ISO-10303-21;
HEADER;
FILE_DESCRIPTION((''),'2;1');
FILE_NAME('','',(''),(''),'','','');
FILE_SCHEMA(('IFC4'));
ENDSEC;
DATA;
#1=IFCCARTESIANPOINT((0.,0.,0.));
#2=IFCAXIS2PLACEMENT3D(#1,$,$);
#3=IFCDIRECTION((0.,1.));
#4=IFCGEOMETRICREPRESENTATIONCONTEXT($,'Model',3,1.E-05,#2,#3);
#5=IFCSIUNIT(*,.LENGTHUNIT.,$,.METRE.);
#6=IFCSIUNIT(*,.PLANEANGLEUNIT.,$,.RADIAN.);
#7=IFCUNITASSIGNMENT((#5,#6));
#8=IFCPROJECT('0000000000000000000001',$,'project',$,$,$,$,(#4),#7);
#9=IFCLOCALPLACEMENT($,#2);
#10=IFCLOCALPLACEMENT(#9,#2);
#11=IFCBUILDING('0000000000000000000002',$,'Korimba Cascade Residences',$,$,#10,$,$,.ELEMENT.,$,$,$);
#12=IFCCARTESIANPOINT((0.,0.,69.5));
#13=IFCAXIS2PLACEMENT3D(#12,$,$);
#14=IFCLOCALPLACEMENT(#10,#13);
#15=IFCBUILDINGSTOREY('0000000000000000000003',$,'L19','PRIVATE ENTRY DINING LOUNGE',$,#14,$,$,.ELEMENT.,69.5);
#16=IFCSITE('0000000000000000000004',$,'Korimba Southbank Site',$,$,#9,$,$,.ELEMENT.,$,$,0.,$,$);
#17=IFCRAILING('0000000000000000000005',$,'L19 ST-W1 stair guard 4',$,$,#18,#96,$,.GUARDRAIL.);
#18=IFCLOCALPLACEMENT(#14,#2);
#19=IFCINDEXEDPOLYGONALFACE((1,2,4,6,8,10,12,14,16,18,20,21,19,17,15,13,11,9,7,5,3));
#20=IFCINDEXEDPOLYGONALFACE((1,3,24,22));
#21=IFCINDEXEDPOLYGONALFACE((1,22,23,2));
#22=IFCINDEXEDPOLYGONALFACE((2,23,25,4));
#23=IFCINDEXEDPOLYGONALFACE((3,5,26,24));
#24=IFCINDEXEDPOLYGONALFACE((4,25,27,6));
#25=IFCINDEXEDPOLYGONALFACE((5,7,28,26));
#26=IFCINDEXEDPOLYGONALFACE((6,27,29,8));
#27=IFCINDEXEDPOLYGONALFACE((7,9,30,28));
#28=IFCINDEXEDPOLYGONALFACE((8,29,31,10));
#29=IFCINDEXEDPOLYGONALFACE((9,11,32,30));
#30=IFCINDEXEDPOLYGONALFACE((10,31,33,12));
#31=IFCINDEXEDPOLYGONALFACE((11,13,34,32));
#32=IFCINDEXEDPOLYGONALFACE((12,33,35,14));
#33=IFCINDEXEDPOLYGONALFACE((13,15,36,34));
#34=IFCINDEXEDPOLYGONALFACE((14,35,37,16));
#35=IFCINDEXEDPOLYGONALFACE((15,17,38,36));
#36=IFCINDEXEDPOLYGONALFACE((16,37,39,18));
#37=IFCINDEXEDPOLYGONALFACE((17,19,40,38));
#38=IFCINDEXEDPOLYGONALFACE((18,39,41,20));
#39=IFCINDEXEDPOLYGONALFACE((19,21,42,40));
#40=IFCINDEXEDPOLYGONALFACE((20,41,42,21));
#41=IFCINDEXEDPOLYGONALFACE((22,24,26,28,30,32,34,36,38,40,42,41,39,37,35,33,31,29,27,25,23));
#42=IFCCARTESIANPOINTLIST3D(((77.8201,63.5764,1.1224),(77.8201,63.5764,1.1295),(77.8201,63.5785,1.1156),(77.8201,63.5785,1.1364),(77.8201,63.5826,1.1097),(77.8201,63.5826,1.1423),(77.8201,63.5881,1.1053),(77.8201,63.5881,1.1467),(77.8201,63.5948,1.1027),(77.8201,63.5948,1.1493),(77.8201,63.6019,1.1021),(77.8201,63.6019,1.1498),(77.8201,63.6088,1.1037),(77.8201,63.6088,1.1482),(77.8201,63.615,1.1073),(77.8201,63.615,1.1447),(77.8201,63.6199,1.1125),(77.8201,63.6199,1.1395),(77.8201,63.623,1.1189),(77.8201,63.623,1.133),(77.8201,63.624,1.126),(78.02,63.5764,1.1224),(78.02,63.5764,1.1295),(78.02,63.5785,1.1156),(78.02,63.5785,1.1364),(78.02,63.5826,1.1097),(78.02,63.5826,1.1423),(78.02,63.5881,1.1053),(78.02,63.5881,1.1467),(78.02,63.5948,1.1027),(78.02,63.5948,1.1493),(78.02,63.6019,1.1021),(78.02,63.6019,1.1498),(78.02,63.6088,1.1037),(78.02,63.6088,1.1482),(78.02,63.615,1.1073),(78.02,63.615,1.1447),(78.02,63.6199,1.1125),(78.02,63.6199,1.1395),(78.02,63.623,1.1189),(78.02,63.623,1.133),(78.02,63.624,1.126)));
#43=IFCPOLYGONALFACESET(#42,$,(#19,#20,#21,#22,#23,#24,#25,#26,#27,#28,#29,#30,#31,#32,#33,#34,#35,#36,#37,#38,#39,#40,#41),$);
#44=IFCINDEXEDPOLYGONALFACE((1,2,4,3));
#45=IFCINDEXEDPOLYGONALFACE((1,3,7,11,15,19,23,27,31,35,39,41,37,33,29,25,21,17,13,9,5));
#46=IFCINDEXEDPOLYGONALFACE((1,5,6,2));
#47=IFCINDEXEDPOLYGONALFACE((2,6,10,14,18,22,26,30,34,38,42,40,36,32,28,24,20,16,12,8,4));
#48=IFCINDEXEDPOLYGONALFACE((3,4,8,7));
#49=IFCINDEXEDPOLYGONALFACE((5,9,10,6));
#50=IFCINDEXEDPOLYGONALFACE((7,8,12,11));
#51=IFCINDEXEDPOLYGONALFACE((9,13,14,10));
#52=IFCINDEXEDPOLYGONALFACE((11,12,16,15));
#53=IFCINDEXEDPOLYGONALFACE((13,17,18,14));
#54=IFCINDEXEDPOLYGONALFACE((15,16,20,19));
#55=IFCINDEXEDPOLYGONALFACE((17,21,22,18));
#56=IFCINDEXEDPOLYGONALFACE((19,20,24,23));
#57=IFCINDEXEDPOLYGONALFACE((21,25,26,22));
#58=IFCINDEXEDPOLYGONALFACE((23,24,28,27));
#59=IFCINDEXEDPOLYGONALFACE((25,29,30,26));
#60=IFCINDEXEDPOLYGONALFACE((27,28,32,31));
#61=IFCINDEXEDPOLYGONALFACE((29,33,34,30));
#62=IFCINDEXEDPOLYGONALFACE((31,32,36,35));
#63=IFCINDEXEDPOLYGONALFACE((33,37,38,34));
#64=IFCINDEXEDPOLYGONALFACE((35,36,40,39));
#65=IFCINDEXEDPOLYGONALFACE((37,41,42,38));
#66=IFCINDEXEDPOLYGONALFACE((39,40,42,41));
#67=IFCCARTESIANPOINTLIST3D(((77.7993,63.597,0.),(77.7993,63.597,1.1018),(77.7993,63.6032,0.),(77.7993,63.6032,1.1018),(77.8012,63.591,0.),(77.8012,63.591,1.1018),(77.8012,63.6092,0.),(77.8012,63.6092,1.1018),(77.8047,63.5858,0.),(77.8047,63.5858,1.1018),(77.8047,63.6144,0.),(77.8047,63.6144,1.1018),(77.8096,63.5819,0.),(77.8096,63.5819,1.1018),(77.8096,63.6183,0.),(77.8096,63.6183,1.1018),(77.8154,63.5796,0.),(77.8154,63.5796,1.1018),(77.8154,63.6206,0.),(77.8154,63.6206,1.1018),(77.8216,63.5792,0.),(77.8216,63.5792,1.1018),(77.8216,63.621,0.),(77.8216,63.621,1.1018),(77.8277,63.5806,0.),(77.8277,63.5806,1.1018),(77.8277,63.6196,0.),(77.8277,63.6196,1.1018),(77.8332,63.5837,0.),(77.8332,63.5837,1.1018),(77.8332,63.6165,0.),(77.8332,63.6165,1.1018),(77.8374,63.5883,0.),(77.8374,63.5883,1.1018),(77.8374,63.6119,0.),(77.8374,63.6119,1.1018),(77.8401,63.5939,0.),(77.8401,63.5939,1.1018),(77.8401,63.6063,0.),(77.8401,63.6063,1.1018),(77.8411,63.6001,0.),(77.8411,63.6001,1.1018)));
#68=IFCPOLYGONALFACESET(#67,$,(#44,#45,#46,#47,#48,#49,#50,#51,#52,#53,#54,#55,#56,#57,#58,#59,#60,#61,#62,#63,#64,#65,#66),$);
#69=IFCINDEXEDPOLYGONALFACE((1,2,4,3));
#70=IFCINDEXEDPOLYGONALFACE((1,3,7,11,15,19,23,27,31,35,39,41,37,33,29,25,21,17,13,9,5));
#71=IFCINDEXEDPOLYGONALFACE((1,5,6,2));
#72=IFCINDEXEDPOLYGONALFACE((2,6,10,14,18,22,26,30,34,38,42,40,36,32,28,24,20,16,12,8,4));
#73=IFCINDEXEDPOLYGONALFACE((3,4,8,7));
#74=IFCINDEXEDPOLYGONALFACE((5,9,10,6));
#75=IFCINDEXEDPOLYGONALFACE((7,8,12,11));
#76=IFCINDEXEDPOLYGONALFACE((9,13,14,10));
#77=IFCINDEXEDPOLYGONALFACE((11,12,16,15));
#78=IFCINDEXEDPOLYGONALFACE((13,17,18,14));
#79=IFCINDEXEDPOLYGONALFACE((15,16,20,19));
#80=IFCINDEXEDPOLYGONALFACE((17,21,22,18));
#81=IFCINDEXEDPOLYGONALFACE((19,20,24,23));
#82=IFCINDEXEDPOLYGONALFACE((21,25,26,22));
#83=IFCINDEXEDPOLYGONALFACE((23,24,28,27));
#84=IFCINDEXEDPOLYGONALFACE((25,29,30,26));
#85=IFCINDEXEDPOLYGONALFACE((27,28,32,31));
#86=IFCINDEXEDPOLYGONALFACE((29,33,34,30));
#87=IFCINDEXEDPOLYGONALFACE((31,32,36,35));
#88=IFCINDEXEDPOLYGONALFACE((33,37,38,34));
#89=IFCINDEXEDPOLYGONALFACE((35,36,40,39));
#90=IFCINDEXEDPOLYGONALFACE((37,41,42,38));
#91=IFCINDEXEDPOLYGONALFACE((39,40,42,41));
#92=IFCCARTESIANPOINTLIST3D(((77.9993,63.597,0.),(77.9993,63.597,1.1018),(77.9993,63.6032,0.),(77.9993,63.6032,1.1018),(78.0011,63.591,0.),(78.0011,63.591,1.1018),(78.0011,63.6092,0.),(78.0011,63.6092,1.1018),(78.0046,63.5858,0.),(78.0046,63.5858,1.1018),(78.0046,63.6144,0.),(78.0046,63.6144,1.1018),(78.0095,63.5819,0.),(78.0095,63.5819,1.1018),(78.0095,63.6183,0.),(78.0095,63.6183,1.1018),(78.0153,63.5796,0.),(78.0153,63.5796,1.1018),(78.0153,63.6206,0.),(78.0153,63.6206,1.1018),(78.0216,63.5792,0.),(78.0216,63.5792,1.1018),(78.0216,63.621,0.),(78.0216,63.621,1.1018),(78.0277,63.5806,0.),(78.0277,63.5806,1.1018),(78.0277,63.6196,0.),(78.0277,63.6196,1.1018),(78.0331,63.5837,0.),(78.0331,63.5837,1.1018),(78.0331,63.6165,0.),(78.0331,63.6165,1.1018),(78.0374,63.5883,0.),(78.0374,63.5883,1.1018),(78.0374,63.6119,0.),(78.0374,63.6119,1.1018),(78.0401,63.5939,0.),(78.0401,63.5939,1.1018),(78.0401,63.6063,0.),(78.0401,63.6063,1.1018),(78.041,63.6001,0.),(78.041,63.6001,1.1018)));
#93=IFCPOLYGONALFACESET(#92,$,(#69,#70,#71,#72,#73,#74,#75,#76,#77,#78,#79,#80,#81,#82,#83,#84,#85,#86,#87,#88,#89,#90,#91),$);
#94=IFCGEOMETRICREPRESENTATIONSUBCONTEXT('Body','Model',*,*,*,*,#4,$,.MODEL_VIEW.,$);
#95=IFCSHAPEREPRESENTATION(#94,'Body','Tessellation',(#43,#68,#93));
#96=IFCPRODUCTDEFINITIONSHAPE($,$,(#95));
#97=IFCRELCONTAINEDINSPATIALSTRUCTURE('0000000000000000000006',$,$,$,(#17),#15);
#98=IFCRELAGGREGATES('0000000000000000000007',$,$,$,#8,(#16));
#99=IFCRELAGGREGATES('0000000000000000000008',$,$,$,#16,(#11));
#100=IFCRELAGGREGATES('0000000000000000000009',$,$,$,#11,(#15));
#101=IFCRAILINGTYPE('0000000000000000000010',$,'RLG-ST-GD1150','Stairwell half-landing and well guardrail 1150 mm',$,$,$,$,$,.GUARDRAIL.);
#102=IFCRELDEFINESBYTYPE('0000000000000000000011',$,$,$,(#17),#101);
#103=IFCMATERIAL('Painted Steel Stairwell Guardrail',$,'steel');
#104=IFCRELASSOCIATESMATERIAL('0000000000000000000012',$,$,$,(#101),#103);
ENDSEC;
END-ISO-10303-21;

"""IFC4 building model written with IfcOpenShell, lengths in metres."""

from ifc_helpers import new_model, si_unit, direction, frame, origin, origin_2d, place, context, subcontext, project, spatial, circle, extrude, material, type_object, element, save


model = new_model("IFC4")

# Units and contexts
model_context = context("Model", 3, precision=1e-05, world=origin(), true_north=direction((0.0, 1.0)))
body_context = subcontext(model_context, "Body", "Model", "MODEL_VIEW")
ifc_project = project(units=[si_unit("LENGTHUNIT", "METRE"), si_unit("PLANEANGLEUNIT", "RADIAN")], contexts=[model_context])

# Site, building, storey
site_placement = place(None, origin())
site = spatial("IfcSite", under=ifc_project, at=site_placement, Name="Korimba Southbank Site", CompositionType="ELEMENT", RefElevation=0.0)
building_placement = place(site_placement, origin())
building = spatial("IfcBuilding", under=site, at=building_placement, Name="Korimba Cascade Residences", CompositionType="ELEMENT")
storey_placement = place(building_placement, frame((0.0, 0.0, 69.5)))
storey = spatial("IfcBuildingStorey", under=building, at=storey_placement, Name="L19", Description="PRIVATE ENTRY DINING LOUNGE", CompositionType="ELEMENT", Elevation=69.5)

# Railing
ifc_material_1 = material(Name="Painted Steel Stairwell Guardrail", Category="steel")
railing_type_1 = type_object("IfcRailingType", Name="RLG-ST-GD1150", Description="Stairwell half-landing and well guardrail 1150 mm", PredefinedType="GUARDRAIL", material=ifc_material_1)
railing_1_placement = place(storey_placement, frame((77.8201, 63.6001, 0.0)))
element("IfcRailing", 1, at=railing_1_placement, inside=storey, type_object=railing_type_1, Name="L19 ST-W1 stair guard 4", PredefinedType="GUARDRAIL", context=body_context, shape_type="SweptSolid", body=[
    extrude(circle(Radius=0.0239, at=origin_2d()), frame((0.0, 0.0, 1.126), z_axis=(1.0, 0.0, 0.0), x_axis=(0.0, 1.0, 0.0)), (0.0, 0.0, 1.0), 0.2),
    extrude(circle(Radius=0.021, at=origin_2d()), origin(), (0.0, 0.0, 1.0), 1.1018),
    extrude(circle(Radius=0.021, at=origin_2d()), frame((0.2, 0.0, 0.0)), (0.0, 0.0, 1.0), 1.1018),
])

save(model, "model.ifc")
